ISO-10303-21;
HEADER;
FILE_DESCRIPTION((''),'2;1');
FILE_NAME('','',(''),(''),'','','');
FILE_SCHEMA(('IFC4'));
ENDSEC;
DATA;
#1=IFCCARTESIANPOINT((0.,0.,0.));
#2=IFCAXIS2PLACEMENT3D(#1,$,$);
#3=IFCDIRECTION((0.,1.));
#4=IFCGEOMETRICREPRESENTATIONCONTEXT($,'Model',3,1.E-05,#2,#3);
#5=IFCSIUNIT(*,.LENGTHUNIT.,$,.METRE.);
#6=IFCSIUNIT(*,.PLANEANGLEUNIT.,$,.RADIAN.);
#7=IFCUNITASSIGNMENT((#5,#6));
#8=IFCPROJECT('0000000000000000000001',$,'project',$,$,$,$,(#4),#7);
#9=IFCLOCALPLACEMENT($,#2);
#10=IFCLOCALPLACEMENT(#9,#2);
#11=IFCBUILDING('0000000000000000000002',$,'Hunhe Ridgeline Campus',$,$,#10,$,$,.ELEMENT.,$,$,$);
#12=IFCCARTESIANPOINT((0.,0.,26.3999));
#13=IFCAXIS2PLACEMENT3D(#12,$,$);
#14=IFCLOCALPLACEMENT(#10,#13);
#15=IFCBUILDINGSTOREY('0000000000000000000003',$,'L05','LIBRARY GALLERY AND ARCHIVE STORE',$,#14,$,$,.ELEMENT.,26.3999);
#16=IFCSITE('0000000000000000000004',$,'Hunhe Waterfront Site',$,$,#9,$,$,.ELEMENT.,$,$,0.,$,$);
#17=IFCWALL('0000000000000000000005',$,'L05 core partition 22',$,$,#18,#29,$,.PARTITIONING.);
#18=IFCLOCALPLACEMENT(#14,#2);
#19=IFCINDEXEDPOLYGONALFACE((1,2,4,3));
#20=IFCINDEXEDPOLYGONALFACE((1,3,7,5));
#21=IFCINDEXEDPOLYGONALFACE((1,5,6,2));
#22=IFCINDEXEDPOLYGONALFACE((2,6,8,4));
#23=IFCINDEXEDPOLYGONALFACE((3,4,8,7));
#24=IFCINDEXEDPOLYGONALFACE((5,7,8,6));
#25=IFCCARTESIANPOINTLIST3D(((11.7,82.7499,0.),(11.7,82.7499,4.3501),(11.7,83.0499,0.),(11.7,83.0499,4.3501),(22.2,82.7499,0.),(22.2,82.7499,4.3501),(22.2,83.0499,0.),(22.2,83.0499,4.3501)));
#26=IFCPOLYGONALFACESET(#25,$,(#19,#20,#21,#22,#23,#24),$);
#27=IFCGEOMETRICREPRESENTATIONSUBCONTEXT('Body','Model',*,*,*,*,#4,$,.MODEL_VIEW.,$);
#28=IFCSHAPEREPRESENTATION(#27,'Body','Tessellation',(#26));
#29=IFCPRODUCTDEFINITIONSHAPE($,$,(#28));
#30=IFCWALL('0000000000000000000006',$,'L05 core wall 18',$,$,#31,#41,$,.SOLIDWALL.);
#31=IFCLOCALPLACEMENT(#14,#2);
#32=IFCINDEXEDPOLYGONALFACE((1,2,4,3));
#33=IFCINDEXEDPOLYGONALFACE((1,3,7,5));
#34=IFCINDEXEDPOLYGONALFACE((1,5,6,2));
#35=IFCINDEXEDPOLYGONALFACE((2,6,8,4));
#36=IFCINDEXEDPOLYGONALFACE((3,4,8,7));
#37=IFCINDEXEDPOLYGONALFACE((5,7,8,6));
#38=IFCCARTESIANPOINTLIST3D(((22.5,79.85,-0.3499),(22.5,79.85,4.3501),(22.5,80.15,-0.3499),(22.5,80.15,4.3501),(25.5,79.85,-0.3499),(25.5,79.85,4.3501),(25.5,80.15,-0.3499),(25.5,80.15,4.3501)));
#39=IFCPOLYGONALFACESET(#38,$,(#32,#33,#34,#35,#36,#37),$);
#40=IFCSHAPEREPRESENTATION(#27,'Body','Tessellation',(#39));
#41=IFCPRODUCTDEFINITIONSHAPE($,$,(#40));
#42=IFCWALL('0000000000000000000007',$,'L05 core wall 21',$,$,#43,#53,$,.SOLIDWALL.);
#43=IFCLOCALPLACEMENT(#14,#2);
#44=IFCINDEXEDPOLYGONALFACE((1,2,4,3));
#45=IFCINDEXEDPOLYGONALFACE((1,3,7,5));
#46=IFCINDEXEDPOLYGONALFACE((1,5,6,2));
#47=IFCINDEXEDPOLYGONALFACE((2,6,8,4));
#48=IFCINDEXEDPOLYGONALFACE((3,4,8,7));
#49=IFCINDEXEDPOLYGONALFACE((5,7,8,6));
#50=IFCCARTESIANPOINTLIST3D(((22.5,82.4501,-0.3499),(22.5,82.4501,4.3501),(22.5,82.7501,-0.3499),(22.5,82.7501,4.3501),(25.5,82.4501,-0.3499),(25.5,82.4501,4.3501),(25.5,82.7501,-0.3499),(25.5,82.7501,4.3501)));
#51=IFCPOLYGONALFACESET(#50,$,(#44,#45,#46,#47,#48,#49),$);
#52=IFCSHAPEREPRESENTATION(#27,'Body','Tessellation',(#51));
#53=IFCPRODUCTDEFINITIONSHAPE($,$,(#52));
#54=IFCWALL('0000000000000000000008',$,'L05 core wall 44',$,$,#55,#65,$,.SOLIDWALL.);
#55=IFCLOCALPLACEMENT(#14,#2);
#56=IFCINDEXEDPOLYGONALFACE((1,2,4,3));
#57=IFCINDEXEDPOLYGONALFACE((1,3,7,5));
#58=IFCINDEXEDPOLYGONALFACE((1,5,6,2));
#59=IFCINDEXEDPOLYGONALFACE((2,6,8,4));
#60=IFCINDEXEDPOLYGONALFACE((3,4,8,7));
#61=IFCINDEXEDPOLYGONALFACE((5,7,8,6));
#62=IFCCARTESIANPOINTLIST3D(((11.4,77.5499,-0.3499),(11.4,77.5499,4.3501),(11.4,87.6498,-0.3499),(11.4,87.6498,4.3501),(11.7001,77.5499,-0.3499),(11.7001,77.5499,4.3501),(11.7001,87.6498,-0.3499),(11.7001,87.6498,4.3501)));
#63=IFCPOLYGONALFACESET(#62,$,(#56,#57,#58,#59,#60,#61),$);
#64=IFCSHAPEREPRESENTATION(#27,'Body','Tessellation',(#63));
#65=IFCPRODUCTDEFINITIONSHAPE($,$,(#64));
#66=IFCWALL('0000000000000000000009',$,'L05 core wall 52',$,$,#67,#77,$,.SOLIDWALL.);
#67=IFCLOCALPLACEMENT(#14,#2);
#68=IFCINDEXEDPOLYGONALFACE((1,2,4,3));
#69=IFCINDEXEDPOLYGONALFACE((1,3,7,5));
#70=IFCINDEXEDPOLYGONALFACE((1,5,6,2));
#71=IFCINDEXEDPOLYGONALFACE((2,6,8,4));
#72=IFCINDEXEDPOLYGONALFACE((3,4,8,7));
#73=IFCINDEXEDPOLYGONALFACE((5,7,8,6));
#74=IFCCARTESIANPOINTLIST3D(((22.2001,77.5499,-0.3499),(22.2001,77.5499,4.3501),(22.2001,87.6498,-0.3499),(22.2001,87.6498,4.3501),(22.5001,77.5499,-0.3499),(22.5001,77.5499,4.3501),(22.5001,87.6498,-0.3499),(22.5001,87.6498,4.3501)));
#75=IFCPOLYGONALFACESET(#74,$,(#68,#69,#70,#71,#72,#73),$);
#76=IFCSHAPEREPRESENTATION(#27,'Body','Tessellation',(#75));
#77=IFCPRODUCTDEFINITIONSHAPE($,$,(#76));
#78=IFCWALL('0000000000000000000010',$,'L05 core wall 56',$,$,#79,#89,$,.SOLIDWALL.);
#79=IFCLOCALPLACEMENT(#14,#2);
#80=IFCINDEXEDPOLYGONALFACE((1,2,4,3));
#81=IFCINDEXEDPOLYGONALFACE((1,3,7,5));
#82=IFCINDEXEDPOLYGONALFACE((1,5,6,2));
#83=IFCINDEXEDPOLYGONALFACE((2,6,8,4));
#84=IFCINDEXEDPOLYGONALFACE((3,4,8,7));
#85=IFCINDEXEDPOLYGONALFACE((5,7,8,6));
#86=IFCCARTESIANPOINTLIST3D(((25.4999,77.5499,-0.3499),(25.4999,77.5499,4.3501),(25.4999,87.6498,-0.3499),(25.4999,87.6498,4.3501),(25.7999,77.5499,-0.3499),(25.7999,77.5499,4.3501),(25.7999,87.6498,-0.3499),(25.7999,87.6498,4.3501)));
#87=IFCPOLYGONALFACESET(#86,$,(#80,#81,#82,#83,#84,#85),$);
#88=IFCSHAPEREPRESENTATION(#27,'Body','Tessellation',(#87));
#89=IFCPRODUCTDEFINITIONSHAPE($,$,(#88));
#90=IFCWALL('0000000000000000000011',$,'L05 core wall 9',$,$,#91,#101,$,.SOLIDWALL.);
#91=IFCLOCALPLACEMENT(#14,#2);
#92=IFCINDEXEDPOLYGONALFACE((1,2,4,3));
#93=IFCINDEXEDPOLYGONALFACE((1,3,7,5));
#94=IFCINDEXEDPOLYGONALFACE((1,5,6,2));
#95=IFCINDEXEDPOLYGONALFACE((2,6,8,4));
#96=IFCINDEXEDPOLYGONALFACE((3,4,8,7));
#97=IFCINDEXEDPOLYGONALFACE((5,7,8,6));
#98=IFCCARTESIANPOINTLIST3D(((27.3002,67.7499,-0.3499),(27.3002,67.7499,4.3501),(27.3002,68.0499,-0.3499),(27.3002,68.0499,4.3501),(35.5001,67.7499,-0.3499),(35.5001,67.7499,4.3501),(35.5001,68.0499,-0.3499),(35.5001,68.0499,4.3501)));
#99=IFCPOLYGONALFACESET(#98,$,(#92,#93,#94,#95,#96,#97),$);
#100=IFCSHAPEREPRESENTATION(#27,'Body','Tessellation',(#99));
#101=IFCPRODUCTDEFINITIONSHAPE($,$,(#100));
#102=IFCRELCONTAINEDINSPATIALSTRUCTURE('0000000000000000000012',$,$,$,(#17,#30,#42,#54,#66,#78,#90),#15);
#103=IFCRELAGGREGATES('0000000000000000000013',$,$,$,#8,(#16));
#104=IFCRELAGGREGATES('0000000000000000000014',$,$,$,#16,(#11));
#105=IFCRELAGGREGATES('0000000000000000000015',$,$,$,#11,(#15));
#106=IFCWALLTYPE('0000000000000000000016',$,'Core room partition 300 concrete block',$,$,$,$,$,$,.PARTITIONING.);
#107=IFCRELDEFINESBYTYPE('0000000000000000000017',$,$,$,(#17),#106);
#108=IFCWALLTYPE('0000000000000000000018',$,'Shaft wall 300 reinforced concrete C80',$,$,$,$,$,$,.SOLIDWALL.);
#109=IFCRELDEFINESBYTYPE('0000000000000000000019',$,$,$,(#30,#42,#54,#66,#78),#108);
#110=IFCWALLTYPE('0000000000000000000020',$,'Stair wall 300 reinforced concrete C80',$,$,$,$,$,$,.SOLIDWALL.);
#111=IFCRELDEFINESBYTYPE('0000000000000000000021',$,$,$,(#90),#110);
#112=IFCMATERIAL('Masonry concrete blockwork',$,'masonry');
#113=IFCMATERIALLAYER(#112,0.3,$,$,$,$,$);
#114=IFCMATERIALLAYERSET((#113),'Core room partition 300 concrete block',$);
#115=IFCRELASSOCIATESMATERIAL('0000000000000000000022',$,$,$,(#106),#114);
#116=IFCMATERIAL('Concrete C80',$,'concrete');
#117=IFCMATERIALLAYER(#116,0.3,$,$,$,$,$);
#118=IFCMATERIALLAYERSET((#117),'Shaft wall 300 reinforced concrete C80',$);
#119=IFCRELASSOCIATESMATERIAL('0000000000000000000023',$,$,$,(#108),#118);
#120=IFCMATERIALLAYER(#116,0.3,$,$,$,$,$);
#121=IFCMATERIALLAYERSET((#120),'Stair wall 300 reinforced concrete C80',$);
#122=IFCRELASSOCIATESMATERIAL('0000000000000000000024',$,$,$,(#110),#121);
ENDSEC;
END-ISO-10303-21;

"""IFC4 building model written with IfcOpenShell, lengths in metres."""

from ifc_helpers import new_model, si_unit, direction, frame, frame_2d, origin, place, context, subcontext, project, spatial, rectangle, extrude, material, layer, layer_set, type_object, element, save


model = new_model("IFC4")

# Units and contexts
model_context = context("Model", 3, precision=1e-05, world=origin(), true_north=direction((0.0, 1.0)))
body_context = subcontext(model_context, "Body", "Model", "MODEL_VIEW")
ifc_project = project(units=[si_unit("LENGTHUNIT", "METRE"), si_unit("PLANEANGLEUNIT", "RADIAN")], contexts=[model_context])

# Site, building, storey
site_placement = place(None, origin())
site = spatial("IfcSite", under=ifc_project, at=site_placement, Name="Hunhe Waterfront Site", CompositionType="ELEMENT", RefElevation=0.0)
building_placement = place(site_placement, origin())
building = spatial("IfcBuilding", under=site, at=building_placement, Name="Hunhe Ridgeline Campus", CompositionType="ELEMENT")
storey_placement = place(building_placement, frame((0.0, 0.0, 26.3999)))
storey = spatial("IfcBuildingStorey", under=building, at=storey_placement, Name="L05", Description="LIBRARY GALLERY AND ARCHIVE STORE", CompositionType="ELEMENT", Elevation=26.3999)

# Shared definitions
ifc_material_1 = material(Name="Masonry concrete blockwork", Category="masonry")
ifc_layer_1 = layer(ifc_material_1, 0.3)
ifc_layer_set_1 = layer_set([ifc_layer_1], Name="Core room partition 300 concrete block")
wall_type_1 = type_object("IfcWallType", Name="Core room partition 300 concrete block", PredefinedType="PARTITIONING", material=ifc_layer_set_1)

# Walls
wall_1_placement = place(storey_placement, frame((11.7, 82.8999, 0.0), z_axis=(0.0, 0.0, 1.0), x_axis=(1.0, 0.0, 0.0)))
element("IfcWall", 1, at=wall_1_placement, inside=storey, type_object=wall_type_1, Name="L05 core partition 22", PredefinedType="PARTITIONING", context=body_context, shape_type="SweptSolid", body=[
    extrude(rectangle(XDim=10.5, YDim=0.3, at=frame_2d((5.25, 0.0))), origin(), (0.0, 0.0, 1.0), 4.3501),
])
ifc_material_2 = material(Name="Concrete C80", Category="concrete")
ifc_layer_2 = layer(ifc_material_2, 0.3)
ifc_layer_set_2 = layer_set([ifc_layer_2], Name="Shaft wall 300 reinforced concrete C80")
wall_type_2 = type_object("IfcWallType", Name="Shaft wall 300 reinforced concrete C80", PredefinedType="SOLIDWALL", material=ifc_layer_set_2)
for number, where, z_axis, x_axis, name in (
    (2, (22.5, 80.0, -0.3499), (0.0, 0.0, 1.0), (1.0, 0.0, 0.0), "L05 core wall 18"),
    (3, (22.5, 82.6001, -0.3499), (0.0, 0.0, 1.0), (1.0, 0.0, 0.0), "L05 core wall 21"),
):
    element("IfcWall", number, at=place(storey_placement, frame(where, z_axis=z_axis, x_axis=x_axis)), inside=storey, type_object=wall_type_2, Name=name, PredefinedType="SOLIDWALL", context=body_context, shape_type="SweptSolid", body=[
        extrude(rectangle(XDim=3.0, YDim=0.3, at=frame_2d((1.5, 0.0))), origin(), (0.0, 0.0, 1.0), 4.7),
    ])
for number, where, z_axis, x_axis, name in (
    (4, (11.55, 77.55, -0.3499), (0.0, 0.0, 1.0), (0.0, 1.0, 0.0), "L05 core wall 44"),
    (5, (22.3501, 77.55, -0.3499), (0.0, 0.0, 1.0), (0.0, 1.0, 0.0), "L05 core wall 52"),
    (6, (25.6499, 77.55, -0.3499), (0.0, 0.0, 1.0), (0.0, 1.0, 0.0), "L05 core wall 56"),
):
    element("IfcWall", number, at=place(storey_placement, frame(where, z_axis=z_axis, x_axis=x_axis)), inside=storey, type_object=wall_type_2, Name=name, PredefinedType="SOLIDWALL", context=body_context, shape_type="SweptSolid", body=[
        extrude(rectangle(XDim=10.0999, YDim=0.3, at=frame_2d((5.0498, 0.0))), origin(), (0.0, 0.0, 1.0), 4.7),
    ])
ifc_layer_3 = layer(ifc_material_2, 0.3)
ifc_layer_set_3 = layer_set([ifc_layer_3], Name="Stair wall 300 reinforced concrete C80")
wall_type_3 = type_object("IfcWallType", Name="Stair wall 300 reinforced concrete C80", PredefinedType="SOLIDWALL", material=ifc_layer_set_3)
wall_2_placement = place(storey_placement, frame((27.3, 67.8999, -0.3499), z_axis=(0.0, 0.0, 1.0), x_axis=(1.0, 0.0, 0.0)))
element("IfcWall", 7, at=wall_2_placement, inside=storey, type_object=wall_type_3, Name="L05 core wall 9", PredefinedType="SOLIDWALL", context=body_context, shape_type="SweptSolid", body=[
    extrude(rectangle(XDim=8.2, YDim=0.3, at=frame_2d((4.1001, 0.0))), origin(), (0.0, 0.0, 1.0), 4.7),
])

save(model, "model.ifc")
